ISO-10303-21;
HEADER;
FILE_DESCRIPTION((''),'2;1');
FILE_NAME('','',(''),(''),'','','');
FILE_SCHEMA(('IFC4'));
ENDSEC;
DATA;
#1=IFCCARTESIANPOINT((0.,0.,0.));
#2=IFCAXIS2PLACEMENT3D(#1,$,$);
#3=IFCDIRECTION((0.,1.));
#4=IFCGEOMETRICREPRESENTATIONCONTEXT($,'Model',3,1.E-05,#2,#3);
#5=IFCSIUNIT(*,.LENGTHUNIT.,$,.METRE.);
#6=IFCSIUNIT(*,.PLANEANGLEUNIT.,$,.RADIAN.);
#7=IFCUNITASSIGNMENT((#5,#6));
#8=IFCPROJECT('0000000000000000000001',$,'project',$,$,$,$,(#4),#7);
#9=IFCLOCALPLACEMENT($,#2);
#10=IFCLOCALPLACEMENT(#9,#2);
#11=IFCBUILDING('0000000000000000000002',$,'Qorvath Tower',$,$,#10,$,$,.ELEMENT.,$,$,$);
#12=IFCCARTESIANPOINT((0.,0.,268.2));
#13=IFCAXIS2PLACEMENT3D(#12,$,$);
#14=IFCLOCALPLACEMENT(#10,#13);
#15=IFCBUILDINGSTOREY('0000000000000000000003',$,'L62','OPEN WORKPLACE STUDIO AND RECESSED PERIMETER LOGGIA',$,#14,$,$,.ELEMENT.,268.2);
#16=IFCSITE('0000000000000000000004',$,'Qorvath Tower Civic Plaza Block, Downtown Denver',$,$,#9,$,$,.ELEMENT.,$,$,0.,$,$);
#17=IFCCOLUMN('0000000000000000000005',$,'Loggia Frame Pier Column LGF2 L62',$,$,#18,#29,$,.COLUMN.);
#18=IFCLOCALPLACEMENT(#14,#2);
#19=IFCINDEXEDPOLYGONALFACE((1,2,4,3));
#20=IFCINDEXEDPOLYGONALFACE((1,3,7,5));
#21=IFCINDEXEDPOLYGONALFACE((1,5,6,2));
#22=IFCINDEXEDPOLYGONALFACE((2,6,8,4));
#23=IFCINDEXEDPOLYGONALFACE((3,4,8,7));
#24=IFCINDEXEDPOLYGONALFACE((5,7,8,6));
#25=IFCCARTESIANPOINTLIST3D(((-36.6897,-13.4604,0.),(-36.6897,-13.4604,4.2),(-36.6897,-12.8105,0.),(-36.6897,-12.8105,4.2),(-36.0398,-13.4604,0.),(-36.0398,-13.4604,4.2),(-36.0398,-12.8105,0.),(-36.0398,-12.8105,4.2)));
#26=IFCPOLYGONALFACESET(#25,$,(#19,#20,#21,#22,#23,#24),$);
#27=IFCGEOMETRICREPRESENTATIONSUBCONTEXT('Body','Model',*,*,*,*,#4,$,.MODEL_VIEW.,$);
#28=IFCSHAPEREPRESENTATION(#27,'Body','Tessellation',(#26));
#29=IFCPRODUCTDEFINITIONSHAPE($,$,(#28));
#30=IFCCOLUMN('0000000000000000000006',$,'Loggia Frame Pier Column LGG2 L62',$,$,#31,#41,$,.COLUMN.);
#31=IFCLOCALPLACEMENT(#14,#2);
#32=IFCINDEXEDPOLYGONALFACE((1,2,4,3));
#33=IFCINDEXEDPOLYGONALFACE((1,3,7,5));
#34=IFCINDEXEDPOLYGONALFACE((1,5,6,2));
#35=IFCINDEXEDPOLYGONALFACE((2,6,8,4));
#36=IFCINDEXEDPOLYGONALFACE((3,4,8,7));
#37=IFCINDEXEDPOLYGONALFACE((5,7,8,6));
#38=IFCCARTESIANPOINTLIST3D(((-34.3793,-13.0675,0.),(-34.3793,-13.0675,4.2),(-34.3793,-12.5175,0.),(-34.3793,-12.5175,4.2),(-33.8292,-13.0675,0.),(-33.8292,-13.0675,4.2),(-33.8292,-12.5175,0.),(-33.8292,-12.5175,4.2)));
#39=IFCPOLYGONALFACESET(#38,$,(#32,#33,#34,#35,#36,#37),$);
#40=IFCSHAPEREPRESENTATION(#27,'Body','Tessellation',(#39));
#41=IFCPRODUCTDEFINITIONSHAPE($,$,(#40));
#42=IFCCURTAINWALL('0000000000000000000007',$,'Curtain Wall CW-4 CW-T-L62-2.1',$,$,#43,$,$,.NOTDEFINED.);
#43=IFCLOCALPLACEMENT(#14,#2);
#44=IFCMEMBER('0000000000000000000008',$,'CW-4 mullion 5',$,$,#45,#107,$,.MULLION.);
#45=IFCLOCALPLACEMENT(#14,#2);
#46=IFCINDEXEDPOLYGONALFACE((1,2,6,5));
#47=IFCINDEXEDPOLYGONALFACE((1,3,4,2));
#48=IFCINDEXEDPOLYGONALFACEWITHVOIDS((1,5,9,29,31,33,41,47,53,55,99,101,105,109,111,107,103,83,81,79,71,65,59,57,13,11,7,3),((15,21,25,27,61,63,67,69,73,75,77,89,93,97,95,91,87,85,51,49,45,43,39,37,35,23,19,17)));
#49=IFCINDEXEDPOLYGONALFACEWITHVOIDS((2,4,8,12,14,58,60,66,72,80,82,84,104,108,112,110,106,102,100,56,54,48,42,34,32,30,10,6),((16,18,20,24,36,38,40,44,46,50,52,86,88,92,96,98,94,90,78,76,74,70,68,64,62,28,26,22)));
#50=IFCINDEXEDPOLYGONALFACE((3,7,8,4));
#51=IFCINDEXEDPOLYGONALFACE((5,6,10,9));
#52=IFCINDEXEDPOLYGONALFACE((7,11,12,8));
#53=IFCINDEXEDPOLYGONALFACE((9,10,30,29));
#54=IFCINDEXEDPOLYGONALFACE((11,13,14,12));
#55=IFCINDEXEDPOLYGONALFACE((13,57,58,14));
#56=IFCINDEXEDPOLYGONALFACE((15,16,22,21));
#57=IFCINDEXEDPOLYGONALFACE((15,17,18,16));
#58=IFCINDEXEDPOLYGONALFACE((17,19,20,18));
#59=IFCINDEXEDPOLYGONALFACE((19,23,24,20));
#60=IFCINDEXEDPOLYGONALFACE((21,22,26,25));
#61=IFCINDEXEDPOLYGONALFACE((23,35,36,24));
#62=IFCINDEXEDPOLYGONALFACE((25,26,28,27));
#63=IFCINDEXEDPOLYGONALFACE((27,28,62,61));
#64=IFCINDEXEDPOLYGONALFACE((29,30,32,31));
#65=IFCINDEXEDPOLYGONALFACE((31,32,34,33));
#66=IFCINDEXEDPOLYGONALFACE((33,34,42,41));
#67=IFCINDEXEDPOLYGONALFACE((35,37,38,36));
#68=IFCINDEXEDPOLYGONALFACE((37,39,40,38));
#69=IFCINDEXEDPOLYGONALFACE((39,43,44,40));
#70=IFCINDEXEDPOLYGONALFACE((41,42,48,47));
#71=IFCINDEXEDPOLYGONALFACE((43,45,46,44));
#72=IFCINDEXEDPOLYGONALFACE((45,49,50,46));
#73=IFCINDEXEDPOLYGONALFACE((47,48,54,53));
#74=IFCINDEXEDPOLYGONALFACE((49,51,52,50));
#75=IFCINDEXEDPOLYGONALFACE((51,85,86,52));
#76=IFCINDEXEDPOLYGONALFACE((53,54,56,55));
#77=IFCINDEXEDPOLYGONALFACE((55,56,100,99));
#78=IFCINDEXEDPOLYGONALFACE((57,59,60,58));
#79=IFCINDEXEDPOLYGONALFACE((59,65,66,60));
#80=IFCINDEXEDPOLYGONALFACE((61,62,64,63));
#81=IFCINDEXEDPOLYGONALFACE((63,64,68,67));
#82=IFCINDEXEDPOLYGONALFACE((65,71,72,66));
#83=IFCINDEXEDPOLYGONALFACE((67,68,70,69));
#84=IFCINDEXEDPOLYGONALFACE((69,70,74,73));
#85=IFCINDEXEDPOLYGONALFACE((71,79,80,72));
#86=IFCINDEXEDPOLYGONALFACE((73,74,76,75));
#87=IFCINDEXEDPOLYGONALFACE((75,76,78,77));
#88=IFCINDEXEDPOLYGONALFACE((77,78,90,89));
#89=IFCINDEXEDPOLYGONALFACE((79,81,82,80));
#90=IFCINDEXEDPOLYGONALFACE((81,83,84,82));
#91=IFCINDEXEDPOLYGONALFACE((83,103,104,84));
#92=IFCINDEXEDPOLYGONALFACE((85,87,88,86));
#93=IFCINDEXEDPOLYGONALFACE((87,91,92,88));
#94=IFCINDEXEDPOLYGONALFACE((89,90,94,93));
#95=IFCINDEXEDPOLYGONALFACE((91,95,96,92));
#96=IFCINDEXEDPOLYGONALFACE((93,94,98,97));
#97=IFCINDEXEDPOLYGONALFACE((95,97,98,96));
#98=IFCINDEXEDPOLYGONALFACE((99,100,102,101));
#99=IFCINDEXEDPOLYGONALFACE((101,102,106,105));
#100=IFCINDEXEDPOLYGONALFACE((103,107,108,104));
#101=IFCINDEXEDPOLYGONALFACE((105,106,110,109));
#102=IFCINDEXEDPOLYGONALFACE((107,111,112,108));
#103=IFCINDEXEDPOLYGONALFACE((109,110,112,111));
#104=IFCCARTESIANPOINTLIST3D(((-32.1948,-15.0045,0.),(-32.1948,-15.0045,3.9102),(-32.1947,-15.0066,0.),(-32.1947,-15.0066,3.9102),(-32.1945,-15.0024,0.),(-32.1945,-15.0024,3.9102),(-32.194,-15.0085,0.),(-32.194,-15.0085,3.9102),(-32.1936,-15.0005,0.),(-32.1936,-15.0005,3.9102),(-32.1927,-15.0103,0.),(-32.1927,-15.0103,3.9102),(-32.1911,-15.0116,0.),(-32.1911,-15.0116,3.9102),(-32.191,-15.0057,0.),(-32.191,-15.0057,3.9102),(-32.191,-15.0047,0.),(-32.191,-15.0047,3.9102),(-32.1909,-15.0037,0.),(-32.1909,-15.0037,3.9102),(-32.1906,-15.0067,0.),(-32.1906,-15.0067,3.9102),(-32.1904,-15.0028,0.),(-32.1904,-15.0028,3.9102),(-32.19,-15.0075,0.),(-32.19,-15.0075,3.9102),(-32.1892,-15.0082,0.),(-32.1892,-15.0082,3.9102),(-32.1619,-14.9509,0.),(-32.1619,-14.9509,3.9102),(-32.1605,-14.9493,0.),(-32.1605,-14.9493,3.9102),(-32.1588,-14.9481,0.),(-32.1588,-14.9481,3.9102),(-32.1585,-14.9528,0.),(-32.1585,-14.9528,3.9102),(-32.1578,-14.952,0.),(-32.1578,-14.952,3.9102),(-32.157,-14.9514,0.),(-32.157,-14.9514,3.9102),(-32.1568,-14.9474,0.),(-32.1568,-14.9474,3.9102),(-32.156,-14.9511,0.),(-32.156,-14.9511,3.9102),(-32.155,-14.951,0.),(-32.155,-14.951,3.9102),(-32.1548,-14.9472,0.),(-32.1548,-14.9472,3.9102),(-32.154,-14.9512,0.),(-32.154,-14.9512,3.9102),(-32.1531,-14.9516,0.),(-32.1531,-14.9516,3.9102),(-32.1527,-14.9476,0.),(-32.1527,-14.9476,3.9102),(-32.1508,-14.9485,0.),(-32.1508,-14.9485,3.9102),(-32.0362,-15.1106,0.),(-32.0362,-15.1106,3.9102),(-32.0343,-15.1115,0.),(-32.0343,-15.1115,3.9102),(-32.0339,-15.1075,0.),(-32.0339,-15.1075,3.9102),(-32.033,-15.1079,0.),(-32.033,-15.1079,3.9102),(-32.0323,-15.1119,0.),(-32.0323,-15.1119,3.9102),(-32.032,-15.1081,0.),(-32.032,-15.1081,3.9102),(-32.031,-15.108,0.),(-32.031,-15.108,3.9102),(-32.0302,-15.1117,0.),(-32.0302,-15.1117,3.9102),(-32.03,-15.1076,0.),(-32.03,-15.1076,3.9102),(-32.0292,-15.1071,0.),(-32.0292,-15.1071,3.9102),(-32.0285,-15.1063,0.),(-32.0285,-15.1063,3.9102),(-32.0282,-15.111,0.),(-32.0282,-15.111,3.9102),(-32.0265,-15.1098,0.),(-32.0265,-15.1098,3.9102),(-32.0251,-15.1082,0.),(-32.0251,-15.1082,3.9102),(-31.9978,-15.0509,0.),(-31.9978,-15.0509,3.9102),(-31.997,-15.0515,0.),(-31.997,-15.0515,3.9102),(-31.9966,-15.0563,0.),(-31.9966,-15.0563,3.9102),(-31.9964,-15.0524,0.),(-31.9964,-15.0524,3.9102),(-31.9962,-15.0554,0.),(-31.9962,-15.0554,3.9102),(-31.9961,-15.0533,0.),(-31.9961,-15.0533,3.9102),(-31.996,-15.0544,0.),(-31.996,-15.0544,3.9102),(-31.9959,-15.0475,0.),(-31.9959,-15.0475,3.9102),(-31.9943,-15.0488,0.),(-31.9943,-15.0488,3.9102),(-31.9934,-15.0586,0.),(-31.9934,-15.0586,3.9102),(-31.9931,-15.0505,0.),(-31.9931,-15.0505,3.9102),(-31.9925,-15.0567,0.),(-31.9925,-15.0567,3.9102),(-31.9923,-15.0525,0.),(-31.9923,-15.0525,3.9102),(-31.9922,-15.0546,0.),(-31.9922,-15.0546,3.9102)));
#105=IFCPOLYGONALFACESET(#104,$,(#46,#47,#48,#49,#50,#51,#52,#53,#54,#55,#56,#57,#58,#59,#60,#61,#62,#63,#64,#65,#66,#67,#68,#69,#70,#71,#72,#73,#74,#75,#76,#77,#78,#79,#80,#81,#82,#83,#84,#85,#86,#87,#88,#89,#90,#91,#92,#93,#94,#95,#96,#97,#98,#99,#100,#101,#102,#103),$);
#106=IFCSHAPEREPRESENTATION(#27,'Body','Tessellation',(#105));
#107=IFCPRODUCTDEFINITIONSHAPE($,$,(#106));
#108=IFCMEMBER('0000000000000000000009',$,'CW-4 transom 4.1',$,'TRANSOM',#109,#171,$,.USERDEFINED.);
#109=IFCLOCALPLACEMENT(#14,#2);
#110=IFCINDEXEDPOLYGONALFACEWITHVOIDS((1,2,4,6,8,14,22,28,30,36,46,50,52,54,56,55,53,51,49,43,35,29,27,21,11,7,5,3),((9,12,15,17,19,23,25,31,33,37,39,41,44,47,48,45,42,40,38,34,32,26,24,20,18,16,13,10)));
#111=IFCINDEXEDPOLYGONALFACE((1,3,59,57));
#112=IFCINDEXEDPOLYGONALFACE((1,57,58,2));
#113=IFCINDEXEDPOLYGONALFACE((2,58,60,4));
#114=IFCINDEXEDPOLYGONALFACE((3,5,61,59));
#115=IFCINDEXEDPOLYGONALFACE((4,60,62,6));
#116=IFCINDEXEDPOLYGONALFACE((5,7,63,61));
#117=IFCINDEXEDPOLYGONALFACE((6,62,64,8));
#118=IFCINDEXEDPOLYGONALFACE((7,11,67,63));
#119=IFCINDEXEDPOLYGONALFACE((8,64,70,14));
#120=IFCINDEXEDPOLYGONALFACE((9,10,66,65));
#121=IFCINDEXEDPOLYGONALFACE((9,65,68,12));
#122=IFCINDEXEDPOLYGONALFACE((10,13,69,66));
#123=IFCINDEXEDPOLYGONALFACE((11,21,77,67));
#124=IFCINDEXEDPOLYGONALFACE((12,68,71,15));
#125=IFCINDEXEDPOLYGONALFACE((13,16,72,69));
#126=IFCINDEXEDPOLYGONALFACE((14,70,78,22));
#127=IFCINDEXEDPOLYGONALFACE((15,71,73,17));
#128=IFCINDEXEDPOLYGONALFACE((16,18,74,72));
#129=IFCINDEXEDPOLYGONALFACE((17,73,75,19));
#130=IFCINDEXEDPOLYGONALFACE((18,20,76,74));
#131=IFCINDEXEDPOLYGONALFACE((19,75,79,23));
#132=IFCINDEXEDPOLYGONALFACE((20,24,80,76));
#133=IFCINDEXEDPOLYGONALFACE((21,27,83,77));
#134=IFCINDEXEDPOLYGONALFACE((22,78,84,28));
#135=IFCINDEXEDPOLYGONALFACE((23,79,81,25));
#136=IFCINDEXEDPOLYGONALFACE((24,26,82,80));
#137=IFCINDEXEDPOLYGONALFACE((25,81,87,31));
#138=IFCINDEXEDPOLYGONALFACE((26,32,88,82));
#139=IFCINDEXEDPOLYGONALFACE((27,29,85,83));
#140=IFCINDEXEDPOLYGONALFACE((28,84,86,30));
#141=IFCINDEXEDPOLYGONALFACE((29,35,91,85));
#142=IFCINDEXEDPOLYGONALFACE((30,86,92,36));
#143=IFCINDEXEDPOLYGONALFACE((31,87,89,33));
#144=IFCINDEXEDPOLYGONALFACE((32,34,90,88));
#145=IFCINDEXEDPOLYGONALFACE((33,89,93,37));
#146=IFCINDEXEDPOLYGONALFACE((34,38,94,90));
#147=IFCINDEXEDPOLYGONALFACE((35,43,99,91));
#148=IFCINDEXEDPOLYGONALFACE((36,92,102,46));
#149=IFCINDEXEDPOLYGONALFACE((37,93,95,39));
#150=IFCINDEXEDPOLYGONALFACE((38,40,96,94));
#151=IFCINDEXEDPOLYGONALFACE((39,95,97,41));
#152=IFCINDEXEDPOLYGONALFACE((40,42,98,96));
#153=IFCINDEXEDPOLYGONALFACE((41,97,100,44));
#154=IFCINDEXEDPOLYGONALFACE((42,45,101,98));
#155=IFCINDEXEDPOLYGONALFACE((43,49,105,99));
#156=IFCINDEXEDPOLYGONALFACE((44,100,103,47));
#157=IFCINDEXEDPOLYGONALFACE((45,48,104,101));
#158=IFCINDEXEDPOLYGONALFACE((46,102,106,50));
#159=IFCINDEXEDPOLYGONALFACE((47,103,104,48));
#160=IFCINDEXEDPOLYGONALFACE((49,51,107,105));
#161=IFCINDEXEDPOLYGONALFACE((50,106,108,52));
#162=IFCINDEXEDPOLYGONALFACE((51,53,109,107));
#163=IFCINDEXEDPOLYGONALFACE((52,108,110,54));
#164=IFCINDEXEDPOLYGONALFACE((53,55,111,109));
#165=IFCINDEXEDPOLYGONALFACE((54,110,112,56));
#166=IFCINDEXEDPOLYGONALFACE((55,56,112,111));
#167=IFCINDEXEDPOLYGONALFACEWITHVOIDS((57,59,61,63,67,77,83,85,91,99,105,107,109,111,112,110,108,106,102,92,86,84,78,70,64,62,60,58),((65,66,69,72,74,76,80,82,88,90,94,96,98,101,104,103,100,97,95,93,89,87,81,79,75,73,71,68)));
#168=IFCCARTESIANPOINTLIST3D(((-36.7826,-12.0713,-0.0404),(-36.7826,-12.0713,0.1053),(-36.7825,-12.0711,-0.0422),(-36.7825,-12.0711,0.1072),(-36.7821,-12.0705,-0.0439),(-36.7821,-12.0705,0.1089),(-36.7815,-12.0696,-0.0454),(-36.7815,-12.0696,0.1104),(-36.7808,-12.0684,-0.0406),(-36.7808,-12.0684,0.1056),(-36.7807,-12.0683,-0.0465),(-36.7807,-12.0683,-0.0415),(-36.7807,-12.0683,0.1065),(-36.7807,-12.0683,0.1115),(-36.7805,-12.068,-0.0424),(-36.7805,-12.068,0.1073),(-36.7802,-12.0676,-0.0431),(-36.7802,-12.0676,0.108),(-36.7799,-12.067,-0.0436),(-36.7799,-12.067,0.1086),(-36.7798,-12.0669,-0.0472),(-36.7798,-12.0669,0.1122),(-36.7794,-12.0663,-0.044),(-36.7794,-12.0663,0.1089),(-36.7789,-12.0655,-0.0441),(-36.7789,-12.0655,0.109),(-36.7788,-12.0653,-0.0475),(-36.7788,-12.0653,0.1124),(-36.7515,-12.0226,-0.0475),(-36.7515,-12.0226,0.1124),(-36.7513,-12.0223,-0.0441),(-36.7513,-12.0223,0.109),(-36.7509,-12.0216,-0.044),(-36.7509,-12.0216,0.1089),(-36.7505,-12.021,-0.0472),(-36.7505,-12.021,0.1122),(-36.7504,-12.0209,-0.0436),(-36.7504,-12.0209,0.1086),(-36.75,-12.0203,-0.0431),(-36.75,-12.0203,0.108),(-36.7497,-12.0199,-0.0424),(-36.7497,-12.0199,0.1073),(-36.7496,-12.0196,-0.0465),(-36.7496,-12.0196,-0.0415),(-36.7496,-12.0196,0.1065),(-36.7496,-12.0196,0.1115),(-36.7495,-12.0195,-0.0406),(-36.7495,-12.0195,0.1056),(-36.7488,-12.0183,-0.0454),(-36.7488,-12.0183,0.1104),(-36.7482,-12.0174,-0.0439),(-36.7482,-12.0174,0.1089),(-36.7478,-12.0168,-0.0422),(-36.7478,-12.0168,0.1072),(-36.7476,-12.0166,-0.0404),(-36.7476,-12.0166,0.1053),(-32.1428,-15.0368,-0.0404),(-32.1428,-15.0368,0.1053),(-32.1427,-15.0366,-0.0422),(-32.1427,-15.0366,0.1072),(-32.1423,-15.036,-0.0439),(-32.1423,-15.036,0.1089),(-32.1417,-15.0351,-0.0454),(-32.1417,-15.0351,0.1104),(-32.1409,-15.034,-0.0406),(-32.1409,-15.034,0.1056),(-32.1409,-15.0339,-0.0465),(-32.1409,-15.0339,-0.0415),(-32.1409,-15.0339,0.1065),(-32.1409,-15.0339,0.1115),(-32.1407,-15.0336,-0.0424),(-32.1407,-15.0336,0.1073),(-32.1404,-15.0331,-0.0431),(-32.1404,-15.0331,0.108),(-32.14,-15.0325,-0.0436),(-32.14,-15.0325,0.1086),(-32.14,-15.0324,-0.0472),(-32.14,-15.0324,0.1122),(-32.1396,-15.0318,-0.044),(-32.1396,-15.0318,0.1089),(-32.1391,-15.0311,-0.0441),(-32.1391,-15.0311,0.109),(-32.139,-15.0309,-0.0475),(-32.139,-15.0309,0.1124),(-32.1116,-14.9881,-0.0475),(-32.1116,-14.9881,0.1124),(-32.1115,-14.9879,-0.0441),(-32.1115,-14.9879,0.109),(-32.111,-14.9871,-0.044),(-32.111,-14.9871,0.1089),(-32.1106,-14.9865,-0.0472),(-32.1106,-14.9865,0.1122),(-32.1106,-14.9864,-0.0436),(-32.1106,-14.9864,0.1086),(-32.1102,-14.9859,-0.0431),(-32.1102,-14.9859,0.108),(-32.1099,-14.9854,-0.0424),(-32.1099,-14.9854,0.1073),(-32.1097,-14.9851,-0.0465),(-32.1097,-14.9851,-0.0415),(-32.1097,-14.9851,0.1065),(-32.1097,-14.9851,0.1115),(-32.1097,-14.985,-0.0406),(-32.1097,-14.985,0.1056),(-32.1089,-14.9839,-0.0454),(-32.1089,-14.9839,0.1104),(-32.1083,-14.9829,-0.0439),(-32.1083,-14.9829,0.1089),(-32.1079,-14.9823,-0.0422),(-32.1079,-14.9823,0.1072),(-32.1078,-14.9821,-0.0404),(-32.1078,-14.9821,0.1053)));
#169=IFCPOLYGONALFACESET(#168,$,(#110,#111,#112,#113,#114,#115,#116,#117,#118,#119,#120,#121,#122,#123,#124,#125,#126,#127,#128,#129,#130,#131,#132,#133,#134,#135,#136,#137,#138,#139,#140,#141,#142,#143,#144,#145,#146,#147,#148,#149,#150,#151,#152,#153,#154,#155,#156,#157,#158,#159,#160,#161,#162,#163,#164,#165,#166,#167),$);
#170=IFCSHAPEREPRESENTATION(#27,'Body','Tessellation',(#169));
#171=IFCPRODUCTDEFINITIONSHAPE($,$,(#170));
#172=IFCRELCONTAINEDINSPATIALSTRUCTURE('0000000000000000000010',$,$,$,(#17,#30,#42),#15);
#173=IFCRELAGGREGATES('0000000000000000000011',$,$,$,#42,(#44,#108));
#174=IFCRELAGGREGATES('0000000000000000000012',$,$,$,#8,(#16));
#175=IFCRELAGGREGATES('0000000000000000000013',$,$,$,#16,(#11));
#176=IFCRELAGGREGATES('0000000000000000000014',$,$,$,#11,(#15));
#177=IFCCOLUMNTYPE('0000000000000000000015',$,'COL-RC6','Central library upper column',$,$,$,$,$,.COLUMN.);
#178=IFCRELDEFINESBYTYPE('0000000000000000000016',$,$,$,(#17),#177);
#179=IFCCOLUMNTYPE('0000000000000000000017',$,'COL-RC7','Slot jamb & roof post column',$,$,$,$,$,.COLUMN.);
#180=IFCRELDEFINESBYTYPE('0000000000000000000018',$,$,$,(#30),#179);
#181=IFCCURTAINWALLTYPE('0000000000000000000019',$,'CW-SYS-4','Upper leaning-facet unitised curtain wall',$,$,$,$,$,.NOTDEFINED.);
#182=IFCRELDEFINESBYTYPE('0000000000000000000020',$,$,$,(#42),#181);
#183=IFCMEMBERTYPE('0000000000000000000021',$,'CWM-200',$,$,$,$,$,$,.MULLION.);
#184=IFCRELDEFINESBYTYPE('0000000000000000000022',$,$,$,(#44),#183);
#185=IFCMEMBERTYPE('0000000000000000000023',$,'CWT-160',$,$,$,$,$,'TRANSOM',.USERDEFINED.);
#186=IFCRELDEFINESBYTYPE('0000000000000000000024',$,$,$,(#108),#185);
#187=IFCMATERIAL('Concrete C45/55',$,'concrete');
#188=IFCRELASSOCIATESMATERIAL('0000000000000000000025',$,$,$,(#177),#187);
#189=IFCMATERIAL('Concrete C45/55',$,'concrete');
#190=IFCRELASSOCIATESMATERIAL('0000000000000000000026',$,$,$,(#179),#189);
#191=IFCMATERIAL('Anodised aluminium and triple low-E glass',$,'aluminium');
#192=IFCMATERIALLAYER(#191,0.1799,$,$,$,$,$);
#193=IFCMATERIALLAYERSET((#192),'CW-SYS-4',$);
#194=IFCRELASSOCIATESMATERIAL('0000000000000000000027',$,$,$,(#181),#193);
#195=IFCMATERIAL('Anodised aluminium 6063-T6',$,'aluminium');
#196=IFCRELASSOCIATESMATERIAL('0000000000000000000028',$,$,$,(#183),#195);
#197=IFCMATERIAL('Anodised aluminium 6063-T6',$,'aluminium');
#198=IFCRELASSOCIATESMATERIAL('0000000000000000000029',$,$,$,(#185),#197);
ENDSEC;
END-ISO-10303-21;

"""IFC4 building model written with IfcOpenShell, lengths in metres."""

from ifc_helpers import new_model, si_unit, direction, frame, origin, origin_2d, place, context, subcontext, project, spatial, rectangle, hollow_rectangle, extrude, material, layer, layer_set, material_profile, profile_set, type_object, element, aggregate, save


model = new_model("IFC4")

# Units and contexts
model_context = context("Model", 3, precision=1e-05, world=origin(), true_north=direction((0.0, 1.0)))
body_context = subcontext(model_context, "Body", "Model", "MODEL_VIEW")
ifc_project = project(units=[si_unit("LENGTHUNIT", "METRE"), si_unit("PLANEANGLEUNIT", "RADIAN")], contexts=[model_context])

# Site, building, storey
site_placement = place(None, origin())
site = spatial("IfcSite", under=ifc_project, at=site_placement, Name="Qorvath Tower Civic Plaza Block, Downtown Denver", CompositionType="ELEMENT", RefElevation=0.0)
building_placement = place(site_placement, origin())
building = spatial("IfcBuilding", under=site, at=building_placement, Name="Qorvath Tower", CompositionType="ELEMENT")
storey_placement = place(building_placement, frame((0.0, 0.0, 268.2)))
storey = spatial("IfcBuildingStorey", under=building, at=storey_placement, Name="L62", Description="OPEN WORKPLACE STUDIO AND RECESSED PERIMETER LOGGIA", CompositionType="ELEMENT", Elevation=268.2)

# Columns
ifc_material_1 = material(Name="Concrete C45/55", Category="concrete")
ifc_material_profile_1 = material_profile(ifc_material_1, rectangle(XDim=0.6499, YDim=0.6499, at=origin_2d()), Name="RC 650x650")
ifc_profile_set_1 = profile_set([ifc_material_profile_1], Name="Concrete C45/55")
column_type_1 = type_object("IfcColumnType", Name="COL-RC6", Description="Central library upper column", PredefinedType="COLUMN", material=ifc_profile_set_1)
column_1_placement = place(storey_placement, frame((-36.3647, -13.1355, 0.0), z_axis=(0.0, 0.0, 1.0), x_axis=(1.0, 0.0, 0.0)))
element("IfcColumn", 1, at=column_1_placement, inside=storey, type_object=column_type_1, Name="Loggia Frame Pier Column LGF2 L62", PredefinedType="COLUMN", context=body_context, shape_type="SweptSolid", body=[
    extrude(rectangle(XDim=0.6499, YDim=0.6499, at=origin_2d()), origin(), (0.0, 0.0, 1.0), 4.2),
])
ifc_material_2 = material(Name="Concrete C45/55", Category="concrete")
ifc_material_profile_2 = material_profile(ifc_material_2, rectangle(XDim=0.55, YDim=0.55, at=origin_2d()), Name="RC 550x550")
ifc_profile_set_2 = profile_set([ifc_material_profile_2], Name="Concrete C45/55")
column_type_2 = type_object("IfcColumnType", Name="COL-RC7", Description="Slot jamb & roof post column", PredefinedType="COLUMN", material=ifc_profile_set_2)
column_2_placement = place(storey_placement, frame((-34.1042, -12.7925, 0.0), z_axis=(0.0, 0.0, 1.0), x_axis=(1.0, 0.0, 0.0)))
element("IfcColumn", 2, at=column_2_placement, inside=storey, type_object=column_type_2, Name="Loggia Frame Pier Column LGG2 L62", PredefinedType="COLUMN", context=body_context, shape_type="SweptSolid", body=[
    extrude(rectangle(XDim=0.55, YDim=0.55, at=origin_2d()), origin(), (0.0, 0.0, 1.0), 4.2),
])

# Curtain wall, members
ifc_material_3 = material(Name="Anodised aluminium and triple low-E glass", Category="aluminium")
ifc_layer_1 = layer(ifc_material_3, 0.1799)
ifc_layer_set_1 = layer_set([ifc_layer_1], Name="CW-SYS-4")
curtain_wall_type = type_object("IfcCurtainWallType", Name="CW-SYS-4", Description="Upper leaning-facet unitised curtain wall", PredefinedType="NOTDEFINED", material=ifc_layer_set_1)
curtain_wall_placement = place(storey_placement, origin())
curtain_wall = element("IfcCurtainWall", 3, at=curtain_wall_placement, inside=storey, type_object=curtain_wall_type, Name="Curtain Wall CW-4 CW-T-L62-2.1", PredefinedType="NOTDEFINED")
ifc_material_4 = material(Name="Anodised aluminium 6063-T6", Category="aluminium")
ifc_material_profile_3 = material_profile(ifc_material_4, hollow_rectangle(XDim=0.075, YDim=0.2, WallThickness=0.0039, InnerFilletRadius=0.0039, OuterFilletRadius=0.0081, at=origin_2d()), Name="CWM 200x75")
ifc_profile_set_3 = profile_set([ifc_material_profile_3], Name="Anodised aluminium 6063-T6")
member_type_1 = type_object("IfcMemberType", Name="CWM-200", PredefinedType="MULLION", material=ifc_profile_set_3)
member_1_placement = place(storey_placement, frame((-32.0935, -15.0295, 0.0), z_axis=(0.0, 0.0, 1.0), x_axis=(0.538534, 0.842604, 0.0)))
member_1 = element("IfcMember", 4, at=member_1_placement, type_object=member_type_1, Name="CW-4 mullion 5", PredefinedType="MULLION", context=body_context, shape_type="SweptSolid", body=[
    extrude(hollow_rectangle(XDim=0.075, YDim=0.2, WallThickness=0.0039, InnerFilletRadius=0.0039, OuterFilletRadius=0.0081, at=origin_2d()), origin(), (0.0, 0.0, 1.0), 3.9102),
])
ifc_material_5 = material(Name="Anodised aluminium 6063-T6", Category="aluminium")
ifc_material_profile_4 = material_profile(ifc_material_5, hollow_rectangle(XDim=0.0649, YDim=0.1599, WallThickness=0.0034, InnerFilletRadius=0.0034, OuterFilletRadius=0.0071, at=origin_2d()), Name="CWT 160x65")
ifc_profile_set_4 = profile_set([ifc_material_profile_4], Name="Anodised aluminium 6063-T6")
member_type_2 = type_object("IfcMemberType", Name="CWT-160", ElementType="TRANSOM", PredefinedType="USERDEFINED", material=ifc_profile_set_4)
member_2_placement = place(storey_placement, frame((-36.7651, -12.0439, 0.0325), z_axis=(0.842597, -0.538544, 0.0), x_axis=(0.538544, 0.842597, 0.0)))
member_2 = element("IfcMember", 5, at=member_2_placement, type_object=member_type_2, Name="CW-4 transom 4.1", ObjectType="TRANSOM", PredefinedType="USERDEFINED", context=body_context, shape_type="SweptSolid", body=[
    extrude(hollow_rectangle(XDim=0.0649, YDim=0.1599, WallThickness=0.0034, InnerFilletRadius=0.0034, OuterFilletRadius=0.0071, at=origin_2d()), origin(), (0.0, 0.0, 1.0), 5.5066),
])
aggregate(curtain_wall, [member_1, member_2])

save(model, "model.ifc")
